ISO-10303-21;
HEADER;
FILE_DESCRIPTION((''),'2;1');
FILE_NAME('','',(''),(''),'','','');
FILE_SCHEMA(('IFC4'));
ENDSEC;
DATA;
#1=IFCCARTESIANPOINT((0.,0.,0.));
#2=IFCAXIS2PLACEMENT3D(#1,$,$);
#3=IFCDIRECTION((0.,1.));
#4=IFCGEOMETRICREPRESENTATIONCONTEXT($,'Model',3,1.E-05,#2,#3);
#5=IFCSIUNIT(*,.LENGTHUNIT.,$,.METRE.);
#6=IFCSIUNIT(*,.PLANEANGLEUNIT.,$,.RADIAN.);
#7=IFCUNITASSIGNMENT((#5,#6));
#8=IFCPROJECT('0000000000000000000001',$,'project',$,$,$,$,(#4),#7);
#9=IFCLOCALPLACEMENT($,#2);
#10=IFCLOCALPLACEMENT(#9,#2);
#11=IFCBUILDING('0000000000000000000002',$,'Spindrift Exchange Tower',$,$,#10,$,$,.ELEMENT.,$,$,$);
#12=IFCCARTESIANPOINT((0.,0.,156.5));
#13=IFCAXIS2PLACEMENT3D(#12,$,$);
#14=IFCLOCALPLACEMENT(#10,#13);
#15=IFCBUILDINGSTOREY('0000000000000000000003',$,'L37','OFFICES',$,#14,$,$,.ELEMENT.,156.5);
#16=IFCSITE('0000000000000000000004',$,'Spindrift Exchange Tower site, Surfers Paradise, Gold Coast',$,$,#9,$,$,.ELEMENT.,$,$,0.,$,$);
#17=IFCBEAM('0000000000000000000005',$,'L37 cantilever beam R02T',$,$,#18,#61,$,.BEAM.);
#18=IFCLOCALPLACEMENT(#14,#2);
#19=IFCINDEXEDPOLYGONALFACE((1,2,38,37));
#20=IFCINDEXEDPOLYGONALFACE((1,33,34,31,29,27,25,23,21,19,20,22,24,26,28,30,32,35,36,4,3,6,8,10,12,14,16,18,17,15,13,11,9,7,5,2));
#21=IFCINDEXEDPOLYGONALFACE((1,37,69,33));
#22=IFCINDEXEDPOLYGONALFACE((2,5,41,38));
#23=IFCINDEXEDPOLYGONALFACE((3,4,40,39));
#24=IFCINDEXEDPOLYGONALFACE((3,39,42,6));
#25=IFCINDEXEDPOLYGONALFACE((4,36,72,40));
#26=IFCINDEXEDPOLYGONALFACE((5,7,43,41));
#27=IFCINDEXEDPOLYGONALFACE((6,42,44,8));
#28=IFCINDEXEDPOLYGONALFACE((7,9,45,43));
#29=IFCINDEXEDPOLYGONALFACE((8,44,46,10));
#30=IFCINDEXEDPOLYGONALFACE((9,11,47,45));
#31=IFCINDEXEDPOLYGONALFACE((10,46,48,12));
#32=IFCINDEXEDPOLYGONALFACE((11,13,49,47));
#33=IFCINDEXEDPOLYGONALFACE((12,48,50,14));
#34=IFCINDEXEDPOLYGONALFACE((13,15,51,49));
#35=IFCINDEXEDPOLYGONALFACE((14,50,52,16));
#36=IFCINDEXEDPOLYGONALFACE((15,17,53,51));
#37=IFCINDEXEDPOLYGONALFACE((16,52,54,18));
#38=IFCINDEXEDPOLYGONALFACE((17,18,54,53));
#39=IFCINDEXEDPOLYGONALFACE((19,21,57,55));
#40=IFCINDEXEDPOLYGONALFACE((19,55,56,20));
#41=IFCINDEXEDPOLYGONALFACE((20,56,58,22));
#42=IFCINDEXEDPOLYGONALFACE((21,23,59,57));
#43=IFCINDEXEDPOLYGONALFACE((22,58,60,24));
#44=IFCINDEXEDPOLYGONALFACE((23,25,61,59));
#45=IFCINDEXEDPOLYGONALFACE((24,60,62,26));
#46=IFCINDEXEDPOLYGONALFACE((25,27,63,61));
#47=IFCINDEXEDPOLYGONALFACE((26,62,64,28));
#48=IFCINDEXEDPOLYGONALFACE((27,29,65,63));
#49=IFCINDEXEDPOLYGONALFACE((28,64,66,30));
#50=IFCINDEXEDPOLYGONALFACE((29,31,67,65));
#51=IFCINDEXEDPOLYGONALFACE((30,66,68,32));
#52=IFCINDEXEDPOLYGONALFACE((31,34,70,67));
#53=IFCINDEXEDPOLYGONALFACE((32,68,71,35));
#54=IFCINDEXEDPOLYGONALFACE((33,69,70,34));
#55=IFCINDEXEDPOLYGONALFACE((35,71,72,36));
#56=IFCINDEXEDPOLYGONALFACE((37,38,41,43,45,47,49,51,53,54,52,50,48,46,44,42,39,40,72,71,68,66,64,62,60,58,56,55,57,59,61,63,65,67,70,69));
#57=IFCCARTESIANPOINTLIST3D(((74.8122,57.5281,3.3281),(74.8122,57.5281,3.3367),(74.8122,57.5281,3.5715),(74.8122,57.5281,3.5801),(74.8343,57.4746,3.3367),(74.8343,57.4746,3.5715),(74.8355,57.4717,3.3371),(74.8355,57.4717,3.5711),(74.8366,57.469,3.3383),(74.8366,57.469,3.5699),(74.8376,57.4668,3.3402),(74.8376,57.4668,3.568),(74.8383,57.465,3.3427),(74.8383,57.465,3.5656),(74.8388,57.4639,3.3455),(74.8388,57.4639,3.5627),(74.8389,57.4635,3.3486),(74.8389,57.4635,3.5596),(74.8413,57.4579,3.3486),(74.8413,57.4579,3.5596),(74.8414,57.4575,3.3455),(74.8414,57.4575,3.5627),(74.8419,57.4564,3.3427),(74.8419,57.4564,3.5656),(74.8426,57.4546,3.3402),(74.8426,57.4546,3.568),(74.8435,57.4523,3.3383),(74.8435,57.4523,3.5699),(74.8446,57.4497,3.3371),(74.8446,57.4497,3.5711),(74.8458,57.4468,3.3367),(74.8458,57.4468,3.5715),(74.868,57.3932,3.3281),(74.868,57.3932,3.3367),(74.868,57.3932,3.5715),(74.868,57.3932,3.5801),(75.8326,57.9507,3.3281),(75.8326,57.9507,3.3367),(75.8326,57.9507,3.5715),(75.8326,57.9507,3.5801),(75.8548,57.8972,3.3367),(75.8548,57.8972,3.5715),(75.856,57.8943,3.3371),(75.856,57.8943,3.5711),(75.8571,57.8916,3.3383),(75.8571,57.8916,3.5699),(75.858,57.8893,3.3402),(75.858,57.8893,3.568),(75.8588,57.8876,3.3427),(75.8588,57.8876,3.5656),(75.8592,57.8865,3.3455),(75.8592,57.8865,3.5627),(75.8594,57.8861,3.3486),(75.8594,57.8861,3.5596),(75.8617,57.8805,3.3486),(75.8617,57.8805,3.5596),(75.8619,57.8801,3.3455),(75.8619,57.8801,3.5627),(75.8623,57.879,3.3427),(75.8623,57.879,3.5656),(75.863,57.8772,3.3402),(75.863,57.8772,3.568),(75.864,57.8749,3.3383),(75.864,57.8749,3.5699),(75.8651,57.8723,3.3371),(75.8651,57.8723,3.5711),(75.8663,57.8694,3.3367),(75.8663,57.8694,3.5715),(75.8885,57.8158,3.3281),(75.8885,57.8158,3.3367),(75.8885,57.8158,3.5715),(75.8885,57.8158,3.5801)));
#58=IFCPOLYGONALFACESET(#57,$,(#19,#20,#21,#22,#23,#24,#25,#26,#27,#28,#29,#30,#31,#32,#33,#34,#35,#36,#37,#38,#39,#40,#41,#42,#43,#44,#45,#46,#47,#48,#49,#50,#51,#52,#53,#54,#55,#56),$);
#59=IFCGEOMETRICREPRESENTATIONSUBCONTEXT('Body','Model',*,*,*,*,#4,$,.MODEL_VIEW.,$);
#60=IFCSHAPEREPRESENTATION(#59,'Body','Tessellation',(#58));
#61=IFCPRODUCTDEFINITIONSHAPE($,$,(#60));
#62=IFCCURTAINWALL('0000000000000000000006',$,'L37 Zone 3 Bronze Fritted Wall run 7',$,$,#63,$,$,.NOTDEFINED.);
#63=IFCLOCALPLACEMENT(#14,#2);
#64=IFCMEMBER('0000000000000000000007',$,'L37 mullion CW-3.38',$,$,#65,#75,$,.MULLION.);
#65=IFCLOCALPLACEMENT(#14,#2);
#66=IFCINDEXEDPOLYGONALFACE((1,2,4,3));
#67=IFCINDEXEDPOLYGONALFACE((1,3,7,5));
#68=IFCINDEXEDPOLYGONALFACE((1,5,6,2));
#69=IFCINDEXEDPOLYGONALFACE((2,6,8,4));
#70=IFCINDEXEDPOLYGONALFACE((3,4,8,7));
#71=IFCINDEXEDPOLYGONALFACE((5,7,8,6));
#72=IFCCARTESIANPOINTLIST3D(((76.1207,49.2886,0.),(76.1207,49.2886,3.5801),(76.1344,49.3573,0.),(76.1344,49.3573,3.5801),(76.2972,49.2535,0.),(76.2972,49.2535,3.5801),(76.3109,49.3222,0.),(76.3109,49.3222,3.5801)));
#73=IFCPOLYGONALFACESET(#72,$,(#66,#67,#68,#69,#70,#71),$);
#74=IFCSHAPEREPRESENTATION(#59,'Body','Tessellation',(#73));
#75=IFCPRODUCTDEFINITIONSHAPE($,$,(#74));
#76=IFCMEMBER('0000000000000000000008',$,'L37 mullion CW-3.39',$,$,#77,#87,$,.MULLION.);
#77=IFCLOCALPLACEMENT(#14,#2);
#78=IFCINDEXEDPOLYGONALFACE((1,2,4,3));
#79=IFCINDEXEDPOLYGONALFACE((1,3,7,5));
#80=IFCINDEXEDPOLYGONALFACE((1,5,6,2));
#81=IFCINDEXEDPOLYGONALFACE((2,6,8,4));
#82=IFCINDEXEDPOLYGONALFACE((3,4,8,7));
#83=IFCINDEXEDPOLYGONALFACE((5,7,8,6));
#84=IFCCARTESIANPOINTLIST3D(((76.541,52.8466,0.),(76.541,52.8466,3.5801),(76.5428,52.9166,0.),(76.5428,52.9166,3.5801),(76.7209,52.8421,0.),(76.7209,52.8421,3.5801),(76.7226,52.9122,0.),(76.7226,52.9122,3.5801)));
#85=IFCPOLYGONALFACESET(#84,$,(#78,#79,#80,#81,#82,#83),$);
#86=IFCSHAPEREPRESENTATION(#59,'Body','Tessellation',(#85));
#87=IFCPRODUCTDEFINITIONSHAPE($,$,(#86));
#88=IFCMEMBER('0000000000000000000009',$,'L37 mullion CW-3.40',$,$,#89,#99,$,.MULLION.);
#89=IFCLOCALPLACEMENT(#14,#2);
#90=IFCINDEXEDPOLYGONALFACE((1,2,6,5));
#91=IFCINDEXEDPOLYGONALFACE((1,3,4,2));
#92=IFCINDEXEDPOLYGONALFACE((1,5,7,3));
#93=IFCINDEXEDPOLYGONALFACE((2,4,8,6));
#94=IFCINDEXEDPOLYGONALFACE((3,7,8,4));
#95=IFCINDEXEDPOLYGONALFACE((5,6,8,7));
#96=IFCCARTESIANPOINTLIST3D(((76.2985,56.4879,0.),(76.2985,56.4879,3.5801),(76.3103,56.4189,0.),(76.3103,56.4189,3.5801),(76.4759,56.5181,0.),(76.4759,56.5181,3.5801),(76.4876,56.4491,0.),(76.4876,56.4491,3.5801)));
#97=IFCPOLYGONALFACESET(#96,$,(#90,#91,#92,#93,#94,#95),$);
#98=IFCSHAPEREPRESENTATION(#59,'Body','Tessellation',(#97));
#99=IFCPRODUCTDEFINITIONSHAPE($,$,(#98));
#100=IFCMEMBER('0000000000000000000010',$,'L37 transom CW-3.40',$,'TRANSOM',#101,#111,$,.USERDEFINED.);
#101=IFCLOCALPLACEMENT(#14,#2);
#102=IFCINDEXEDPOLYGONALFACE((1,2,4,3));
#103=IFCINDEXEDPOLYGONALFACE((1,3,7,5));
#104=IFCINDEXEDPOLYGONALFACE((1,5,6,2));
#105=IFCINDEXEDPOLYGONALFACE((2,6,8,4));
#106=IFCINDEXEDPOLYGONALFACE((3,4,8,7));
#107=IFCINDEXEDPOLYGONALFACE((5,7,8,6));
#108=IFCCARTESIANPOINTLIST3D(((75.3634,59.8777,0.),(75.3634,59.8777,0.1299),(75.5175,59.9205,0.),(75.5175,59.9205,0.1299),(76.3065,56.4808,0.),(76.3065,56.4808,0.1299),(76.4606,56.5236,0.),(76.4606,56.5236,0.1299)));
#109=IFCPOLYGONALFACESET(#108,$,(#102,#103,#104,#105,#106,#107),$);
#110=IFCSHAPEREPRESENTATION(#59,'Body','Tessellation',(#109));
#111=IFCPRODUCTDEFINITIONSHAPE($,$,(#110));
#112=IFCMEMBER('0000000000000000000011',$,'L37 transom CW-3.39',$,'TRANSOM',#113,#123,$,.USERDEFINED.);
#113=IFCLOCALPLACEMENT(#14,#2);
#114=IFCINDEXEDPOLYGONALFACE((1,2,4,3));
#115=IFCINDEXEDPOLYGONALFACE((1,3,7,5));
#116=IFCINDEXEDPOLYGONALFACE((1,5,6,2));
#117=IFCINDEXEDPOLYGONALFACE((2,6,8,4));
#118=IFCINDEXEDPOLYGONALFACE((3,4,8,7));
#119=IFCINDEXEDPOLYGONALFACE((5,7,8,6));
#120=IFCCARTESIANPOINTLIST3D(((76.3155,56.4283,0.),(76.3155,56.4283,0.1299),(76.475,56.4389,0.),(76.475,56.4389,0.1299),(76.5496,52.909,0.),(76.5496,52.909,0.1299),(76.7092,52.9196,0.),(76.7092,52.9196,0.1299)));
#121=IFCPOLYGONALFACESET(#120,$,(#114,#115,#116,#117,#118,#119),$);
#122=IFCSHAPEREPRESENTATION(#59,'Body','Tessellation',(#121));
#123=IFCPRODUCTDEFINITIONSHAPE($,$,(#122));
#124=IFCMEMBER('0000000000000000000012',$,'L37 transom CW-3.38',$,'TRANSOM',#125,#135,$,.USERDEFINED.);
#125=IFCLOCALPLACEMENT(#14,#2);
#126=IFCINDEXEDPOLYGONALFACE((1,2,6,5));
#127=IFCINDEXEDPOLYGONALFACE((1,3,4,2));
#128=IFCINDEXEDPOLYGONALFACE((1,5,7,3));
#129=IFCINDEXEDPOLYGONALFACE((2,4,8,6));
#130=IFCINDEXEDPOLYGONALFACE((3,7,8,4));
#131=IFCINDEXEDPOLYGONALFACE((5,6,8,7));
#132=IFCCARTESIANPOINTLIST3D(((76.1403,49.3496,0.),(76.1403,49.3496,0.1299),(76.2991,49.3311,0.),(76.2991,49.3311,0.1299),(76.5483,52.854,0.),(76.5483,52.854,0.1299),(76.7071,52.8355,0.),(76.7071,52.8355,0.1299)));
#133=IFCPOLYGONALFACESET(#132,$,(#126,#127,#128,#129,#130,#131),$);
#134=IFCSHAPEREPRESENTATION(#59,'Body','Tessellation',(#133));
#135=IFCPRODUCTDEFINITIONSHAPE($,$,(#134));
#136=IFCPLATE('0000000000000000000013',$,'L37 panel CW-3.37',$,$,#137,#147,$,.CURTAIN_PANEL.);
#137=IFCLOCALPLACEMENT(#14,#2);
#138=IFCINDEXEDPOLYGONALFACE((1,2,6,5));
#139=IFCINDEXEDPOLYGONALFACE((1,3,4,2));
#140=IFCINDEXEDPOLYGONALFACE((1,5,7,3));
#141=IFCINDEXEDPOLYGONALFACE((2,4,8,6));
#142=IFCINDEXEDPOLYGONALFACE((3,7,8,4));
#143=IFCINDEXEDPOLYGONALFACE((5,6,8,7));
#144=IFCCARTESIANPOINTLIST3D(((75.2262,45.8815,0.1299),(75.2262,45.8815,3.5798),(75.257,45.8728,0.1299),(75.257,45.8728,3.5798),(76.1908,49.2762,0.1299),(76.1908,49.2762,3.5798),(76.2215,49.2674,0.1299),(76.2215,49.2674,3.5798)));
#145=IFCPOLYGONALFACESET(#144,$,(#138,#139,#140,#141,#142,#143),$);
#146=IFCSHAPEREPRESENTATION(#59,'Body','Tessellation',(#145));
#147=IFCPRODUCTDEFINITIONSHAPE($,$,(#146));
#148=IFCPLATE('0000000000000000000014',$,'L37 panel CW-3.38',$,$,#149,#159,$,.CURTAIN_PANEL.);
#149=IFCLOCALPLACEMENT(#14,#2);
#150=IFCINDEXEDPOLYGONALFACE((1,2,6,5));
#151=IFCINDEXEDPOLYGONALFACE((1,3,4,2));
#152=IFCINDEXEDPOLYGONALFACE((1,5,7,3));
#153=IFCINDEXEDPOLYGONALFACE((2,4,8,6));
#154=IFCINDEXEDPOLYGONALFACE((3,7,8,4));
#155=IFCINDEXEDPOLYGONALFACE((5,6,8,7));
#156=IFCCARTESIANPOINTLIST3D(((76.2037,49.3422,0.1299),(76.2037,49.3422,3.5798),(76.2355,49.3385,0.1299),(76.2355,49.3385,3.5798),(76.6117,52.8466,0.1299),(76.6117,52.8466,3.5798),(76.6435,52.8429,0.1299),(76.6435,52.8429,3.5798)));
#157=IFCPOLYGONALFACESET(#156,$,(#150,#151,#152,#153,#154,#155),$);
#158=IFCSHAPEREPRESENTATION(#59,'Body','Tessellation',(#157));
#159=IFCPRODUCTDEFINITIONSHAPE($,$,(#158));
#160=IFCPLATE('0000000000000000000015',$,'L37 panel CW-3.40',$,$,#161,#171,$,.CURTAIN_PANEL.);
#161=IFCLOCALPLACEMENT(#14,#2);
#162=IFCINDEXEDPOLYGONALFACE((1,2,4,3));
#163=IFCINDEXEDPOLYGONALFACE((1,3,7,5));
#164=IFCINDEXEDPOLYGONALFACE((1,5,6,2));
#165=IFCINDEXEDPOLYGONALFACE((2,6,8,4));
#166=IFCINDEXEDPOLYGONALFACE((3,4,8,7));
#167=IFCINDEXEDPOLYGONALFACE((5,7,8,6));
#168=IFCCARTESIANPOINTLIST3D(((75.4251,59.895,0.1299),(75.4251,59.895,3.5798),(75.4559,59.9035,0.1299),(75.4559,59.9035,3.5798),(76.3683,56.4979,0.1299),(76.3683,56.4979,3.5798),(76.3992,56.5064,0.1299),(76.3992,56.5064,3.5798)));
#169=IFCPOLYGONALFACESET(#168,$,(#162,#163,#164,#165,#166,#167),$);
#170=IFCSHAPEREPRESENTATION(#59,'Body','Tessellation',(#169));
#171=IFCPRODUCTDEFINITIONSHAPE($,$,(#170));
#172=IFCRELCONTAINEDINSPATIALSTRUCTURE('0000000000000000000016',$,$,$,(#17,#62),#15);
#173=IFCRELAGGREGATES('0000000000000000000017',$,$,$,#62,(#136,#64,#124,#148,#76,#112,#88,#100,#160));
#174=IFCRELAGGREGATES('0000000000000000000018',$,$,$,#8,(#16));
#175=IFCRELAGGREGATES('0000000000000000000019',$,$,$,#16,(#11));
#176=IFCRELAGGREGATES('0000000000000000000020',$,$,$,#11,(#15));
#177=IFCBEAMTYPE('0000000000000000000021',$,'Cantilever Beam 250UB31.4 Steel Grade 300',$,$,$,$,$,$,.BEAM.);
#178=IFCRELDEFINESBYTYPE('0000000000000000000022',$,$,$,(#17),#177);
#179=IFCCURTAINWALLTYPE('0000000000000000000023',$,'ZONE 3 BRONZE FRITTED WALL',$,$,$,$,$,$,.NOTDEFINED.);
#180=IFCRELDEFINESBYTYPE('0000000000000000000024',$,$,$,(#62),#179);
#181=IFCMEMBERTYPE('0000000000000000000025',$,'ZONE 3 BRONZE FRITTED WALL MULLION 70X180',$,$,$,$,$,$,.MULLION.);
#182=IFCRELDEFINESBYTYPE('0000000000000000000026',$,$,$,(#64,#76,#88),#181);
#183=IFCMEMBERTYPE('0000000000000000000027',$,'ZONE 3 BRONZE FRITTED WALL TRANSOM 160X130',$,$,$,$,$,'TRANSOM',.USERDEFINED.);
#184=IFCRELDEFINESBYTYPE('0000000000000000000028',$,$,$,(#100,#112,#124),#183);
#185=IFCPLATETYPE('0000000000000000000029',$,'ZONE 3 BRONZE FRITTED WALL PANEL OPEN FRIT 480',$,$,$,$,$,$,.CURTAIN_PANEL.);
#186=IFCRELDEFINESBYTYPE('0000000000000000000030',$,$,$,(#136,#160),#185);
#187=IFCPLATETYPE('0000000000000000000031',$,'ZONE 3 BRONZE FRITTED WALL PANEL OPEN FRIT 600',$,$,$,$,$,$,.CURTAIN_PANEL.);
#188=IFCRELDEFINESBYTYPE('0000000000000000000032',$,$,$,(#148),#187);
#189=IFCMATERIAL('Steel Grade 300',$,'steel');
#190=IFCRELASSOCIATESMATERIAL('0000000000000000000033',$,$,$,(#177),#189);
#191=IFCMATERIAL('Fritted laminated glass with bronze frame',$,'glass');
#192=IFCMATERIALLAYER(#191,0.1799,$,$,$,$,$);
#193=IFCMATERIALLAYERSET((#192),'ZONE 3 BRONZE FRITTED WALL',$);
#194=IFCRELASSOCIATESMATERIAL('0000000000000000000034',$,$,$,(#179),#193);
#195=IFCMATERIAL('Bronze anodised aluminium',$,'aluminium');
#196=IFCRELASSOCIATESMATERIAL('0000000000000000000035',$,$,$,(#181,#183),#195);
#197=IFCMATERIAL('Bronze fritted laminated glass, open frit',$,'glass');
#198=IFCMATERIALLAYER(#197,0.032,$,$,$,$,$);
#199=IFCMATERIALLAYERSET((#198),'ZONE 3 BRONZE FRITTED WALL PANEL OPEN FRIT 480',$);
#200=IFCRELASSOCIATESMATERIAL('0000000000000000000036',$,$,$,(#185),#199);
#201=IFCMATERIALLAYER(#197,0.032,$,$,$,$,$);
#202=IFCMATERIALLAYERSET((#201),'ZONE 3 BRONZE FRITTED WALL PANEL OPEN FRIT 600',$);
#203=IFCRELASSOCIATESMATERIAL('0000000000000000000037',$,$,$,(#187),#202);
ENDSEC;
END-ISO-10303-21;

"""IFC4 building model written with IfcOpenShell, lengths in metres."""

from ifc_helpers import new_model, si_unit, direction, frame, origin, origin_2d, place, context, subcontext, project, spatial, rectangle, i_section, extrude, source, transform, mapped, material, layer, layer_set, material_profile, profile_set, type_object, element, aggregate, save


model = new_model("IFC4")

# Units and contexts
model_context = context("Model", 3, precision=1e-05, world=origin(), true_north=direction((0.0, 1.0)))
body_context = subcontext(model_context, "Body", "Model", "MODEL_VIEW")
ifc_project = project(units=[si_unit("LENGTHUNIT", "METRE"), si_unit("PLANEANGLEUNIT", "RADIAN")], contexts=[model_context])

# Site, building, storey
site_placement = place(None, origin())
site = spatial("IfcSite", under=ifc_project, at=site_placement, Name="Spindrift Exchange Tower site, Surfers Paradise, Gold Coast", CompositionType="ELEMENT", RefElevation=0.0)
building_placement = place(site_placement, origin())
building = spatial("IfcBuilding", under=site, at=building_placement, Name="Spindrift Exchange Tower", CompositionType="ELEMENT")
storey_placement = place(building_placement, frame((0.0, 0.0, 156.5)))
storey = spatial("IfcBuildingStorey", under=building, at=storey_placement, Name="L37", Description="OFFICES", CompositionType="ELEMENT", Elevation=156.5)

# Beam
ifc_material_1 = material(Name="Steel Grade 300", Category="steel")
ifc_material_profile_1 = material_profile(ifc_material_1, i_section(OverallWidth=0.146, OverallDepth=0.252, WebThickness=0.0061, FlangeThickness=0.0085, FilletRadius=0.012, at=origin_2d()), Name="250UB31.4")
ifc_profile_set_1 = profile_set([ifc_material_profile_1], Name="Steel Grade 300")
beam_type_1 = type_object("IfcBeamType", Name="Cantilever Beam 250UB31.4 Steel Grade 300", PredefinedType="BEAM", material=ifc_profile_set_1)
shared_shape_1 = source(origin(), body_context, "Body", "SweptSolid", [
    extrude(i_section(OverallWidth=0.146, OverallDepth=0.252, WebThickness=0.0061, FlangeThickness=0.0085, FilletRadius=0.012, at=origin_2d()), origin(), (0.0, 0.0, 1.0), 1.1045),
])
beam_1_placement = place(storey_placement, frame((74.8401, 57.4607, 3.4541), z_axis=(0.923912, 0.382606, 0.0), x_axis=(-0.382606, 0.923912, 0.0)))
element("IfcBeam", 1, at=beam_1_placement, inside=storey, type_object=beam_type_1, Name="L37 cantilever beam R02T", PredefinedType="BEAM", context=body_context, shape_type="MappedRepresentation", body=[
    mapped(shared_shape_1, transform((0.0, 0.0, 0.0), scale=1.0)),
])

# Curtain wall, members, plates
ifc_material_2 = material(Name="Fritted laminated glass with bronze frame", Category="glass")
ifc_layer_1 = layer(ifc_material_2, 0.1799)
ifc_layer_set_1 = layer_set([ifc_layer_1], Name="ZONE 3 BRONZE FRITTED WALL")
curtain_wall_type = type_object("IfcCurtainWallType", Name="ZONE 3 BRONZE FRITTED WALL", PredefinedType="NOTDEFINED", material=ifc_layer_set_1)
curtain_wall_placement = place(storey_placement, origin())
curtain_wall = element("IfcCurtainWall", 2, at=curtain_wall_placement, inside=storey, type_object=curtain_wall_type, Name="L37 Zone 3 Bronze Fritted Wall run 7", PredefinedType="NOTDEFINED")
ifc_material_3 = material(Name="Bronze anodised aluminium", Category="aluminium")
ifc_material_profile_2 = material_profile(ifc_material_3, rectangle(XDim=0.0701, YDim=0.1799, at=origin_2d()), Name="ZONE 3 BRONZE FRITTED WALL MULLION 70X180")
ifc_profile_set_2 = profile_set([ifc_material_profile_2], Name="Bronze anodised aluminium")
member_type_1 = type_object("IfcMemberType", Name="ZONE 3 BRONZE FRITTED WALL MULLION 70X180", PredefinedType="MULLION", material=ifc_profile_set_2)
shared_shape_2 = source(origin(), body_context, "Body", "SweptSolid", [
    extrude(rectangle(XDim=0.0701, YDim=0.1799, at=origin_2d()), origin(), (0.0, 0.0, 1.0), 3.5801),
])
member_1_placement = place(storey_placement, frame((76.2158, 49.3054, 0.0), z_axis=(0.0, 0.0, 1.0), x_axis=(0.195111, 0.980781, 0.0)))
member_1 = element("IfcMember", 3, at=member_1_placement, type_object=member_type_1, Name="L37 mullion CW-3.38", PredefinedType="MULLION", context=body_context, shape_type="MappedRepresentation", body=[
    mapped(shared_shape_2, transform((0.0, 0.0, 0.0), scale=1.0)),
])
member_2_placement = place(storey_placement, frame((76.6318, 52.8794, 0.0), z_axis=(0.0, 0.0, 1.0), x_axis=(0.024729, 0.999694, 0.0)))
member_2 = element("IfcMember", 4, at=member_2_placement, type_object=member_type_1, Name="L37 mullion CW-3.39", PredefinedType="MULLION", context=body_context, shape_type="MappedRepresentation", body=[
    mapped(shared_shape_2, transform((0.0, 0.0, 0.0), scale=1.0)),
])
member_3_placement = place(storey_placement, frame((76.3931, 56.4685, 0.0), z_axis=(0.0, 0.0, 1.0), x_axis=(-0.167846, 0.985813, 0.0)))
member_3 = element("IfcMember", 5, at=member_3_placement, type_object=member_type_1, Name="L37 mullion CW-3.40", PredefinedType="MULLION", context=body_context, shape_type="MappedRepresentation", body=[
    mapped(shared_shape_2, transform((0.0, 0.0, 0.0), scale=1.0)),
])
ifc_material_profile_3 = material_profile(ifc_material_3, rectangle(XDim=0.1599, YDim=0.1299, at=origin_2d()), Name="ZONE 3 BRONZE FRITTED WALL TRANSOM 160X130")
ifc_profile_set_3 = profile_set([ifc_material_profile_3], Name="Bronze anodised aluminium")
member_type_2 = type_object("IfcMemberType", Name="ZONE 3 BRONZE FRITTED WALL TRANSOM 160X130", ElementType="TRANSOM", PredefinedType="USERDEFINED", material=ifc_profile_set_3)
shared_shape_3 = source(origin(), body_context, "Body", "SweptSolid", [
    extrude(rectangle(XDim=0.1599, YDim=0.1299, at=origin_2d()), origin(), (0.0, 0.0, 1.0), 3.5254),
])
member_4_placement = place(storey_placement, frame((76.3835, 56.5022, 0.0649), z_axis=(-0.267515, 0.963554, 0.0), x_axis=(-0.963554, -0.267515, 0.0)))
member_4 = element("IfcMember", 6, at=member_4_placement, type_object=member_type_2, Name="L37 transom CW-3.40", ObjectType="TRANSOM", PredefinedType="USERDEFINED", context=body_context, shape_type="MappedRepresentation", body=[
    mapped(shared_shape_3, transform((0.0, 0.0, 0.0), scale=1.0)),
])
shared_shape_4 = source(origin(), body_context, "Body", "SweptSolid", [
    extrude(rectangle(XDim=0.1599, YDim=0.1299, at=origin_2d()), origin(), (0.0, 0.0, 1.0), 3.5271),
])
member_5_placement = place(storey_placement, frame((76.6294, 52.9143, 0.0649), z_axis=(-0.066381, 0.997794, 0.0), x_axis=(-0.997794, -0.066381, 0.0)))
member_5 = element("IfcMember", 7, at=member_5_placement, type_object=member_type_2, Name="L37 transom CW-3.39", ObjectType="TRANSOM", PredefinedType="USERDEFINED", context=body_context, shape_type="MappedRepresentation", body=[
    mapped(shared_shape_4, transform((0.0, 0.0, 0.0), scale=1.0)),
])
shared_shape_5 = source(origin(), body_context, "Body", "SweptSolid", [
    extrude(rectangle(XDim=0.1599, YDim=0.1299, at=origin_2d()), origin(), (0.0, 0.0, 1.0), 3.5281),
])
member_6_placement = place(storey_placement, frame((76.2197, 49.3403, 0.0649), z_axis=(0.115633, 0.993292, 0.0), x_axis=(-0.993292, 0.115633, 0.0)))
member_6 = element("IfcMember", 8, at=member_6_placement, type_object=member_type_2, Name="L37 transom CW-3.38", ObjectType="TRANSOM", PredefinedType="USERDEFINED", context=body_context, shape_type="MappedRepresentation", body=[
    mapped(shared_shape_5, transform((0.0, 0.0, 0.0), scale=1.0)),
])
ifc_material_4 = material(Name="Bronze fritted laminated glass, open frit", Category="glass")
ifc_layer_2 = layer(ifc_material_4, 0.032)
ifc_layer_set_2 = layer_set([ifc_layer_2], Name="ZONE 3 BRONZE FRITTED WALL PANEL OPEN FRIT 480")
plate_type_1 = type_object("IfcPlateType", Name="ZONE 3 BRONZE FRITTED WALL PANEL OPEN FRIT 480", PredefinedType="CURTAIN_PANEL", material=ifc_layer_set_2)
shared_shape_6 = source(origin(), body_context, "Body", "SweptSolid", [
    extrude(rectangle(XDim=3.5291, YDim=0.032, at=origin_2d()), origin(), (0.0, 0.0, 1.0), 3.45),
])
plate_1_placement = place(storey_placement, frame((75.7239, 47.5745, 0.1299), z_axis=(0.0, 0.0, 1.0), x_axis=(0.273315, 0.961925, 0.0)))
plate_1 = element("IfcPlate", 9, at=plate_1_placement, type_object=plate_type_1, Name="L37 panel CW-3.37", PredefinedType="CURTAIN_PANEL", context=body_context, shape_type="MappedRepresentation", body=[
    mapped(shared_shape_6, transform((0.0, 0.0, 0.0), scale=1.0)),
])
ifc_layer_3 = layer(ifc_material_4, 0.032)
ifc_layer_set_3 = layer_set([ifc_layer_3], Name="ZONE 3 BRONZE FRITTED WALL PANEL OPEN FRIT 600")
plate_type_2 = type_object("IfcPlateType", Name="ZONE 3 BRONZE FRITTED WALL PANEL OPEN FRIT 600", PredefinedType="CURTAIN_PANEL", material=ifc_layer_set_3)
shared_shape_7 = source(origin(), body_context, "Body", "SweptSolid", [
    extrude(rectangle(XDim=3.5281, YDim=0.032, at=origin_2d()), origin(), (0.0, 0.0, 1.0), 3.45),
])
plate_2_placement = place(storey_placement, frame((76.4236, 51.0925, 0.1299), z_axis=(0.0, 0.0, 1.0), x_axis=(0.115643, 0.993291, 0.0)))
plate_2 = element("IfcPlate", 10, at=plate_2_placement, type_object=plate_type_2, Name="L37 panel CW-3.38", PredefinedType="CURTAIN_PANEL", context=body_context, shape_type="MappedRepresentation", body=[
    mapped(shared_shape_7, transform((0.0, 0.0, 0.0), scale=1.0)),
])
shared_shape_8 = source(origin(), body_context, "Body", "SweptSolid", [
    extrude(rectangle(XDim=3.5256, YDim=0.032, at=origin_2d()), origin(), (0.0, 0.0, 1.0), 3.45),
])
plate_3_placement = place(storey_placement, frame((75.9121, 58.2007, 0.1299), z_axis=(0.0, 0.0, 1.0), x_axis=(-0.267551, 0.963544, 0.0)))
plate_3 = element("IfcPlate", 11, at=plate_3_placement, type_object=plate_type_1, Name="L37 panel CW-3.40", PredefinedType="CURTAIN_PANEL", context=body_context, shape_type="MappedRepresentation", body=[
    mapped(shared_shape_8, transform((0.0, 0.0, 0.0), scale=1.0)),
])
aggregate(curtain_wall, [plate_1, member_1, member_6, plate_2, member_2, member_5, member_3, member_4, plate_3])

save(model, "model.ifc")
